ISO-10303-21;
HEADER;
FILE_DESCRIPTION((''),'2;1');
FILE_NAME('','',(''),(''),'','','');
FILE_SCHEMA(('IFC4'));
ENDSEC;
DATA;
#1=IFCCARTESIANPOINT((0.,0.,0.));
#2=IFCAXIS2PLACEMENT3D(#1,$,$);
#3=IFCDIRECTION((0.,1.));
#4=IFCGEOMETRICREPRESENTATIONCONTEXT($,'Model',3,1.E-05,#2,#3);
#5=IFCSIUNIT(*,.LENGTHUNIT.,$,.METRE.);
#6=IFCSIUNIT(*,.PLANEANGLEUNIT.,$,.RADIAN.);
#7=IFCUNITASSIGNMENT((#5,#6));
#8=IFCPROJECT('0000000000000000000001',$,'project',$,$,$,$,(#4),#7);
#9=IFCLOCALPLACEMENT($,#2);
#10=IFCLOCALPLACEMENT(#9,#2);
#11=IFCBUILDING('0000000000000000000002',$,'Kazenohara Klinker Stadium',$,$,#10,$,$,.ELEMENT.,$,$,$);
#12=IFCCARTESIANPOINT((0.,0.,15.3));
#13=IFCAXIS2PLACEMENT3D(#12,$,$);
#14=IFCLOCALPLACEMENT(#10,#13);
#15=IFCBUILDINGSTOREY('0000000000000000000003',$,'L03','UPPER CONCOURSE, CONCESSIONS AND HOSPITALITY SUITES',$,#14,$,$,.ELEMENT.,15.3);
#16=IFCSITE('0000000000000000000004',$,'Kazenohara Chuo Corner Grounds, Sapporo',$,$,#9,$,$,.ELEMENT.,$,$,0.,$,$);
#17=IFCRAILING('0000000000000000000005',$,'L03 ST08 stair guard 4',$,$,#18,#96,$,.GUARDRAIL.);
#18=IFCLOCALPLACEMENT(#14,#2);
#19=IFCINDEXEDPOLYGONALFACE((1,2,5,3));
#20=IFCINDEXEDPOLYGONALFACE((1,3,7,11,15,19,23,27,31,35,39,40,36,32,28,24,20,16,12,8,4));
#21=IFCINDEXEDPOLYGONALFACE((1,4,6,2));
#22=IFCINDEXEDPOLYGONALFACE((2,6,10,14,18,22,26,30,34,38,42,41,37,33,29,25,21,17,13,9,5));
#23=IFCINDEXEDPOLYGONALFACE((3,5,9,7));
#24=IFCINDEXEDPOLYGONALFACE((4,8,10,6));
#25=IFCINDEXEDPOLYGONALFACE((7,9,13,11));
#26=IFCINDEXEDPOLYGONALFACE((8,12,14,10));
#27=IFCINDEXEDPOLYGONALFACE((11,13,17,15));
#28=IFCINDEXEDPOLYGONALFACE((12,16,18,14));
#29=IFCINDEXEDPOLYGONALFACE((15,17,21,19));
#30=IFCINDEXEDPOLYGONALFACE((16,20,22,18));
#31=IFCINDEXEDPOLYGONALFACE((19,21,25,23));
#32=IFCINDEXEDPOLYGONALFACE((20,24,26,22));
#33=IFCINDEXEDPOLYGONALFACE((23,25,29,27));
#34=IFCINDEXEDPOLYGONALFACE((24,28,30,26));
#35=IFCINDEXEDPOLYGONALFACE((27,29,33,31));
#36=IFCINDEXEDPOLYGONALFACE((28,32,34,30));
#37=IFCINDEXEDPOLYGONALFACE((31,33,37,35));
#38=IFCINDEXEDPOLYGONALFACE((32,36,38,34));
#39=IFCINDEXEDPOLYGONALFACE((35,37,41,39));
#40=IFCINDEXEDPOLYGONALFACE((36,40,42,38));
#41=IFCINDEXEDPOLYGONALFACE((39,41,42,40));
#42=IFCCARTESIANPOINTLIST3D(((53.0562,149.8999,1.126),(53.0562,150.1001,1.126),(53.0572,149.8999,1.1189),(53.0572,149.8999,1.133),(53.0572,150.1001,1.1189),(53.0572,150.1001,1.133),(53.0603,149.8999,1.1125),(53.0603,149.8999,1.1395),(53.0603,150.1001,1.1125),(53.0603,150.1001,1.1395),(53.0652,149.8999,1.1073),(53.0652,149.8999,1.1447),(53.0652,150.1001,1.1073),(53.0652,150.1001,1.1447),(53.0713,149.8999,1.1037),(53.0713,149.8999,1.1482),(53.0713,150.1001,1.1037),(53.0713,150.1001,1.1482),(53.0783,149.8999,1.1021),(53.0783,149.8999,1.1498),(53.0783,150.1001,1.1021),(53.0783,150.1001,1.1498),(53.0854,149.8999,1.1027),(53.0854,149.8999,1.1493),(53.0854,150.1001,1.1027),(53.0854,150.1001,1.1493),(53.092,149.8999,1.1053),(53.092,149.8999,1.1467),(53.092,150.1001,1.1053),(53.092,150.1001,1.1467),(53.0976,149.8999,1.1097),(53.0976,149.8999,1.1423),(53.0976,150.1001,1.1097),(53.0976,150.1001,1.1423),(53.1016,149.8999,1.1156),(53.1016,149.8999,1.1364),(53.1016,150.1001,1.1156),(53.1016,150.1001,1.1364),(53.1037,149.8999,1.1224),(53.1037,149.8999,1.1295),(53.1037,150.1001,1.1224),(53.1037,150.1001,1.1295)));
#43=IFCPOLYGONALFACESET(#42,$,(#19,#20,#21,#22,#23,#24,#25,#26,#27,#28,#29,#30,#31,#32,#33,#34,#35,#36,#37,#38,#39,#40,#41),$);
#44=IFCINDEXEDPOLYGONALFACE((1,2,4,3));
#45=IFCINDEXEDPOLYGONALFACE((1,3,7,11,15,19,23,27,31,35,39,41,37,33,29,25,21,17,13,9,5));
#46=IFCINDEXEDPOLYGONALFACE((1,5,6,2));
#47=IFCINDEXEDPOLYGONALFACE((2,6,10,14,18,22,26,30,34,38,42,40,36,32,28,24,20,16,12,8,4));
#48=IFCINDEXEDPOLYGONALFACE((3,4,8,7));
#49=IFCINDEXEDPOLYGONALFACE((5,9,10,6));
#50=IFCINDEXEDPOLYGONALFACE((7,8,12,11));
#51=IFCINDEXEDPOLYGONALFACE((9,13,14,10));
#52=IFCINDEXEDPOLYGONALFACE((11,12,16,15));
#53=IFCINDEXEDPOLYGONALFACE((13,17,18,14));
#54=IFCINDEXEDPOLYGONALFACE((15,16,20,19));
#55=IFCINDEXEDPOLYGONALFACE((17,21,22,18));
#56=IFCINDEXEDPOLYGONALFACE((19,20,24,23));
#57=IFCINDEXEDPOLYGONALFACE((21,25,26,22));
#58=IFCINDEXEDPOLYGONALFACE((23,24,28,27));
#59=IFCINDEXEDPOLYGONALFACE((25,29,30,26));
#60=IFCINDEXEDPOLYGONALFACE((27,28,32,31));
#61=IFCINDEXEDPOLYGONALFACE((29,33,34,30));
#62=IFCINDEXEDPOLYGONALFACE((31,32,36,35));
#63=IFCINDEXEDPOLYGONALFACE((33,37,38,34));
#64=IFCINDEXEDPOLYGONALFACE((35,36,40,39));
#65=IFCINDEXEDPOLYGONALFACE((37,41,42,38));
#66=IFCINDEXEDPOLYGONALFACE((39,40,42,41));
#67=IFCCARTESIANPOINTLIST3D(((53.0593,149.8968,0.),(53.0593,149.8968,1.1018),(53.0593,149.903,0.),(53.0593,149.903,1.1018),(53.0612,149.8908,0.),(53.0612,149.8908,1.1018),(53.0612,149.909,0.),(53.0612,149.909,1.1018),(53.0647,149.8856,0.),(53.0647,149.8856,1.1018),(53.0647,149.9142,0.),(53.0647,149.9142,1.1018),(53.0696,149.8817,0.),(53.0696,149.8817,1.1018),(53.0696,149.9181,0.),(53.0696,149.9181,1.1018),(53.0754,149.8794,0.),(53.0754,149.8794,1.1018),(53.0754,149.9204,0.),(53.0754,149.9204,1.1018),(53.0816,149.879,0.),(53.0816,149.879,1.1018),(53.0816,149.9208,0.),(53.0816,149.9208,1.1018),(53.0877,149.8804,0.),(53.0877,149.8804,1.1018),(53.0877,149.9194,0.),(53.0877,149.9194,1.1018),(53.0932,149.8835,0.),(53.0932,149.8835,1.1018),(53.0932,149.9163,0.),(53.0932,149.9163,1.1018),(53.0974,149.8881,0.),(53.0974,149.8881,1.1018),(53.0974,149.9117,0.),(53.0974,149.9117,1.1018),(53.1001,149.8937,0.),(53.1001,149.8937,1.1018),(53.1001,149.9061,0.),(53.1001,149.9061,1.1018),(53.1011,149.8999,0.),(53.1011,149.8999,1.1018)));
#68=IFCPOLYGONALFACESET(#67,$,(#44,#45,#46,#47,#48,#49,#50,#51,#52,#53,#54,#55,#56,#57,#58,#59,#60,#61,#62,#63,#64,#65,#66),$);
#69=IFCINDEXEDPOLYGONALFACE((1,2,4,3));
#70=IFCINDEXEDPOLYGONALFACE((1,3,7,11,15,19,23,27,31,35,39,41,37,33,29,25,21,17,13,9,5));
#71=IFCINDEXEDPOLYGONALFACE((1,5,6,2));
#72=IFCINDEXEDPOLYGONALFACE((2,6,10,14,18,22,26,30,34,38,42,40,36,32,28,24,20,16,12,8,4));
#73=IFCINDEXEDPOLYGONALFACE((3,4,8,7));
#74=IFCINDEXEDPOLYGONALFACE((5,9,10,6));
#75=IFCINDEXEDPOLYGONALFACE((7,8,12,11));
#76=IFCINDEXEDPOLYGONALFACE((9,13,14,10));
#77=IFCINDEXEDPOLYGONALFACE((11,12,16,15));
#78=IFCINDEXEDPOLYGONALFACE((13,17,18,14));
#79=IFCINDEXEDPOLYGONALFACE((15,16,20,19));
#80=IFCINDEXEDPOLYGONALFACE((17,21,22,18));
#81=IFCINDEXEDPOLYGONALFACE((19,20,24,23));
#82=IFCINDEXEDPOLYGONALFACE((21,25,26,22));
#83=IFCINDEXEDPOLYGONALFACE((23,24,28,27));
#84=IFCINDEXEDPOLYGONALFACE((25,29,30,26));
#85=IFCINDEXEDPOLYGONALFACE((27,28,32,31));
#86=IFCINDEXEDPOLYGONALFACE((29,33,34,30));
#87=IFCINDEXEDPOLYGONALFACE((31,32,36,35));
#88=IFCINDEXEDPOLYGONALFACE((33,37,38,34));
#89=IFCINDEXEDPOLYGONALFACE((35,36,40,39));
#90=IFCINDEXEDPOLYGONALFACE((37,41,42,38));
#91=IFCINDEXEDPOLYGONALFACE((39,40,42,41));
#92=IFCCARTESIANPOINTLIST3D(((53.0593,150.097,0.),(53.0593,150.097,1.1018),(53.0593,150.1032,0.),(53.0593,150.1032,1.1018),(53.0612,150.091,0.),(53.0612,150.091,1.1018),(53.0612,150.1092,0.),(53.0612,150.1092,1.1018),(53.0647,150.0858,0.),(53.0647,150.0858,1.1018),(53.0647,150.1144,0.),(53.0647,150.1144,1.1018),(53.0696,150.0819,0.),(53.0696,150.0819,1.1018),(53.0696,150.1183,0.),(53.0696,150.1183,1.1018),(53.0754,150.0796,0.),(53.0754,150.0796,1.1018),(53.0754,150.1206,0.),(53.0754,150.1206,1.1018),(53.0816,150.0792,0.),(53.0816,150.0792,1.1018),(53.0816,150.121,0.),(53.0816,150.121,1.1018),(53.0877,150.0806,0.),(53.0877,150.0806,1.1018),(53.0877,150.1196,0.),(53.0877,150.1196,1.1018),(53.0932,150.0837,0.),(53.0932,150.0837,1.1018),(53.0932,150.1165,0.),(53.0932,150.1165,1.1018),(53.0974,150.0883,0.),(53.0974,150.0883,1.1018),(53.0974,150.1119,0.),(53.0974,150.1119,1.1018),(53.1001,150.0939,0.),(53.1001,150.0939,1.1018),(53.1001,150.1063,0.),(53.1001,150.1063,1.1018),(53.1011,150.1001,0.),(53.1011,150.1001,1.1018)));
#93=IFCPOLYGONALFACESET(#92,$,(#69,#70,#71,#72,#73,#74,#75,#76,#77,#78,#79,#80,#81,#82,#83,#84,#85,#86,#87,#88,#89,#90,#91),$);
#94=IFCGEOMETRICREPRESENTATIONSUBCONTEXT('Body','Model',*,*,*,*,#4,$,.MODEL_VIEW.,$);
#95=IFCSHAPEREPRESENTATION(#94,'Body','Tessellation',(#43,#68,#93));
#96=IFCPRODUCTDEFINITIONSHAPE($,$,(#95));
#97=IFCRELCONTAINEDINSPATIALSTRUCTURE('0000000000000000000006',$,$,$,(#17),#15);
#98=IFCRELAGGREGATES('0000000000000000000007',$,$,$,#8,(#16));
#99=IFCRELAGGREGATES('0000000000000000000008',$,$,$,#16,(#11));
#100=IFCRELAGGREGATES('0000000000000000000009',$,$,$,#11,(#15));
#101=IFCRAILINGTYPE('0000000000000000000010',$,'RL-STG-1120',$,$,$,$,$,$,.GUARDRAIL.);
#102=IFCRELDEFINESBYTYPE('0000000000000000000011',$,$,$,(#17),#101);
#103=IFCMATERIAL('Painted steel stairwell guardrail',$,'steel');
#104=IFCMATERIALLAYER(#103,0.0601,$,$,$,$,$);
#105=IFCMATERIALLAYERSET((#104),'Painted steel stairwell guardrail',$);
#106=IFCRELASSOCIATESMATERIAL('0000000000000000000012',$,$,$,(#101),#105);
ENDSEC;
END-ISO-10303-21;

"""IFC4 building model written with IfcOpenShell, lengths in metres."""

from ifc_helpers import new_model, si_unit, direction, frame, origin, origin_2d, place, context, subcontext, project, spatial, circle, extrude, material, layer, layer_set, type_object, element, save


model = new_model("IFC4")

# Units and contexts
model_context = context("Model", 3, precision=1e-05, world=origin(), true_north=direction((0.0, 1.0)))
body_context = subcontext(model_context, "Body", "Model", "MODEL_VIEW")
ifc_project = project(units=[si_unit("LENGTHUNIT", "METRE"), si_unit("PLANEANGLEUNIT", "RADIAN")], contexts=[model_context])

# Site, building, storey
site_placement = place(None, origin())
site = spatial("IfcSite", under=ifc_project, at=site_placement, Name="Kazenohara Chuo Corner Grounds, Sapporo", CompositionType="ELEMENT", RefElevation=0.0)
building_placement = place(site_placement, origin())
building = spatial("IfcBuilding", under=site, at=building_placement, Name="Kazenohara Klinker Stadium", CompositionType="ELEMENT")
storey_placement = place(building_placement, frame((0.0, 0.0, 15.3)))
storey = spatial("IfcBuildingStorey", under=building, at=storey_placement, Name="L03", Description="UPPER CONCOURSE, CONCESSIONS AND HOSPITALITY SUITES", CompositionType="ELEMENT", Elevation=15.3)

# Railing
ifc_material_1 = material(Name="Painted steel stairwell guardrail", Category="steel")
ifc_layer_1 = layer(ifc_material_1, 0.0601)
ifc_layer_set_1 = layer_set([ifc_layer_1], Name="Painted steel stairwell guardrail")
railing_type_1 = type_object("IfcRailingType", Name="RL-STG-1120", PredefinedType="GUARDRAIL", material=ifc_layer_set_1)
railing_1_placement = place(storey_placement, frame((53.0801, 149.8999, 0.0)))
element("IfcRailing", 1, at=railing_1_placement, inside=storey, type_object=railing_type_1, Name="L03 ST08 stair guard 4", PredefinedType="GUARDRAIL", context=body_context, shape_type="SweptSolid", body=[
    extrude(circle(Radius=0.0239, at=origin_2d()), frame((0.0, 0.0, 1.126), z_axis=(0.0, 1.0, 0.0), x_axis=(-1.0, 0.0, 0.0)), (0.0, 0.0, 1.0), 0.2002),
    extrude(circle(Radius=0.021, at=origin_2d()), origin(), (0.0, 0.0, 1.0), 1.1018),
    extrude(circle(Radius=0.021, at=origin_2d()), frame((0.0, 0.2002, 0.0)), (0.0, 0.0, 1.0), 1.1018),
])

save(model, "model.ifc")
